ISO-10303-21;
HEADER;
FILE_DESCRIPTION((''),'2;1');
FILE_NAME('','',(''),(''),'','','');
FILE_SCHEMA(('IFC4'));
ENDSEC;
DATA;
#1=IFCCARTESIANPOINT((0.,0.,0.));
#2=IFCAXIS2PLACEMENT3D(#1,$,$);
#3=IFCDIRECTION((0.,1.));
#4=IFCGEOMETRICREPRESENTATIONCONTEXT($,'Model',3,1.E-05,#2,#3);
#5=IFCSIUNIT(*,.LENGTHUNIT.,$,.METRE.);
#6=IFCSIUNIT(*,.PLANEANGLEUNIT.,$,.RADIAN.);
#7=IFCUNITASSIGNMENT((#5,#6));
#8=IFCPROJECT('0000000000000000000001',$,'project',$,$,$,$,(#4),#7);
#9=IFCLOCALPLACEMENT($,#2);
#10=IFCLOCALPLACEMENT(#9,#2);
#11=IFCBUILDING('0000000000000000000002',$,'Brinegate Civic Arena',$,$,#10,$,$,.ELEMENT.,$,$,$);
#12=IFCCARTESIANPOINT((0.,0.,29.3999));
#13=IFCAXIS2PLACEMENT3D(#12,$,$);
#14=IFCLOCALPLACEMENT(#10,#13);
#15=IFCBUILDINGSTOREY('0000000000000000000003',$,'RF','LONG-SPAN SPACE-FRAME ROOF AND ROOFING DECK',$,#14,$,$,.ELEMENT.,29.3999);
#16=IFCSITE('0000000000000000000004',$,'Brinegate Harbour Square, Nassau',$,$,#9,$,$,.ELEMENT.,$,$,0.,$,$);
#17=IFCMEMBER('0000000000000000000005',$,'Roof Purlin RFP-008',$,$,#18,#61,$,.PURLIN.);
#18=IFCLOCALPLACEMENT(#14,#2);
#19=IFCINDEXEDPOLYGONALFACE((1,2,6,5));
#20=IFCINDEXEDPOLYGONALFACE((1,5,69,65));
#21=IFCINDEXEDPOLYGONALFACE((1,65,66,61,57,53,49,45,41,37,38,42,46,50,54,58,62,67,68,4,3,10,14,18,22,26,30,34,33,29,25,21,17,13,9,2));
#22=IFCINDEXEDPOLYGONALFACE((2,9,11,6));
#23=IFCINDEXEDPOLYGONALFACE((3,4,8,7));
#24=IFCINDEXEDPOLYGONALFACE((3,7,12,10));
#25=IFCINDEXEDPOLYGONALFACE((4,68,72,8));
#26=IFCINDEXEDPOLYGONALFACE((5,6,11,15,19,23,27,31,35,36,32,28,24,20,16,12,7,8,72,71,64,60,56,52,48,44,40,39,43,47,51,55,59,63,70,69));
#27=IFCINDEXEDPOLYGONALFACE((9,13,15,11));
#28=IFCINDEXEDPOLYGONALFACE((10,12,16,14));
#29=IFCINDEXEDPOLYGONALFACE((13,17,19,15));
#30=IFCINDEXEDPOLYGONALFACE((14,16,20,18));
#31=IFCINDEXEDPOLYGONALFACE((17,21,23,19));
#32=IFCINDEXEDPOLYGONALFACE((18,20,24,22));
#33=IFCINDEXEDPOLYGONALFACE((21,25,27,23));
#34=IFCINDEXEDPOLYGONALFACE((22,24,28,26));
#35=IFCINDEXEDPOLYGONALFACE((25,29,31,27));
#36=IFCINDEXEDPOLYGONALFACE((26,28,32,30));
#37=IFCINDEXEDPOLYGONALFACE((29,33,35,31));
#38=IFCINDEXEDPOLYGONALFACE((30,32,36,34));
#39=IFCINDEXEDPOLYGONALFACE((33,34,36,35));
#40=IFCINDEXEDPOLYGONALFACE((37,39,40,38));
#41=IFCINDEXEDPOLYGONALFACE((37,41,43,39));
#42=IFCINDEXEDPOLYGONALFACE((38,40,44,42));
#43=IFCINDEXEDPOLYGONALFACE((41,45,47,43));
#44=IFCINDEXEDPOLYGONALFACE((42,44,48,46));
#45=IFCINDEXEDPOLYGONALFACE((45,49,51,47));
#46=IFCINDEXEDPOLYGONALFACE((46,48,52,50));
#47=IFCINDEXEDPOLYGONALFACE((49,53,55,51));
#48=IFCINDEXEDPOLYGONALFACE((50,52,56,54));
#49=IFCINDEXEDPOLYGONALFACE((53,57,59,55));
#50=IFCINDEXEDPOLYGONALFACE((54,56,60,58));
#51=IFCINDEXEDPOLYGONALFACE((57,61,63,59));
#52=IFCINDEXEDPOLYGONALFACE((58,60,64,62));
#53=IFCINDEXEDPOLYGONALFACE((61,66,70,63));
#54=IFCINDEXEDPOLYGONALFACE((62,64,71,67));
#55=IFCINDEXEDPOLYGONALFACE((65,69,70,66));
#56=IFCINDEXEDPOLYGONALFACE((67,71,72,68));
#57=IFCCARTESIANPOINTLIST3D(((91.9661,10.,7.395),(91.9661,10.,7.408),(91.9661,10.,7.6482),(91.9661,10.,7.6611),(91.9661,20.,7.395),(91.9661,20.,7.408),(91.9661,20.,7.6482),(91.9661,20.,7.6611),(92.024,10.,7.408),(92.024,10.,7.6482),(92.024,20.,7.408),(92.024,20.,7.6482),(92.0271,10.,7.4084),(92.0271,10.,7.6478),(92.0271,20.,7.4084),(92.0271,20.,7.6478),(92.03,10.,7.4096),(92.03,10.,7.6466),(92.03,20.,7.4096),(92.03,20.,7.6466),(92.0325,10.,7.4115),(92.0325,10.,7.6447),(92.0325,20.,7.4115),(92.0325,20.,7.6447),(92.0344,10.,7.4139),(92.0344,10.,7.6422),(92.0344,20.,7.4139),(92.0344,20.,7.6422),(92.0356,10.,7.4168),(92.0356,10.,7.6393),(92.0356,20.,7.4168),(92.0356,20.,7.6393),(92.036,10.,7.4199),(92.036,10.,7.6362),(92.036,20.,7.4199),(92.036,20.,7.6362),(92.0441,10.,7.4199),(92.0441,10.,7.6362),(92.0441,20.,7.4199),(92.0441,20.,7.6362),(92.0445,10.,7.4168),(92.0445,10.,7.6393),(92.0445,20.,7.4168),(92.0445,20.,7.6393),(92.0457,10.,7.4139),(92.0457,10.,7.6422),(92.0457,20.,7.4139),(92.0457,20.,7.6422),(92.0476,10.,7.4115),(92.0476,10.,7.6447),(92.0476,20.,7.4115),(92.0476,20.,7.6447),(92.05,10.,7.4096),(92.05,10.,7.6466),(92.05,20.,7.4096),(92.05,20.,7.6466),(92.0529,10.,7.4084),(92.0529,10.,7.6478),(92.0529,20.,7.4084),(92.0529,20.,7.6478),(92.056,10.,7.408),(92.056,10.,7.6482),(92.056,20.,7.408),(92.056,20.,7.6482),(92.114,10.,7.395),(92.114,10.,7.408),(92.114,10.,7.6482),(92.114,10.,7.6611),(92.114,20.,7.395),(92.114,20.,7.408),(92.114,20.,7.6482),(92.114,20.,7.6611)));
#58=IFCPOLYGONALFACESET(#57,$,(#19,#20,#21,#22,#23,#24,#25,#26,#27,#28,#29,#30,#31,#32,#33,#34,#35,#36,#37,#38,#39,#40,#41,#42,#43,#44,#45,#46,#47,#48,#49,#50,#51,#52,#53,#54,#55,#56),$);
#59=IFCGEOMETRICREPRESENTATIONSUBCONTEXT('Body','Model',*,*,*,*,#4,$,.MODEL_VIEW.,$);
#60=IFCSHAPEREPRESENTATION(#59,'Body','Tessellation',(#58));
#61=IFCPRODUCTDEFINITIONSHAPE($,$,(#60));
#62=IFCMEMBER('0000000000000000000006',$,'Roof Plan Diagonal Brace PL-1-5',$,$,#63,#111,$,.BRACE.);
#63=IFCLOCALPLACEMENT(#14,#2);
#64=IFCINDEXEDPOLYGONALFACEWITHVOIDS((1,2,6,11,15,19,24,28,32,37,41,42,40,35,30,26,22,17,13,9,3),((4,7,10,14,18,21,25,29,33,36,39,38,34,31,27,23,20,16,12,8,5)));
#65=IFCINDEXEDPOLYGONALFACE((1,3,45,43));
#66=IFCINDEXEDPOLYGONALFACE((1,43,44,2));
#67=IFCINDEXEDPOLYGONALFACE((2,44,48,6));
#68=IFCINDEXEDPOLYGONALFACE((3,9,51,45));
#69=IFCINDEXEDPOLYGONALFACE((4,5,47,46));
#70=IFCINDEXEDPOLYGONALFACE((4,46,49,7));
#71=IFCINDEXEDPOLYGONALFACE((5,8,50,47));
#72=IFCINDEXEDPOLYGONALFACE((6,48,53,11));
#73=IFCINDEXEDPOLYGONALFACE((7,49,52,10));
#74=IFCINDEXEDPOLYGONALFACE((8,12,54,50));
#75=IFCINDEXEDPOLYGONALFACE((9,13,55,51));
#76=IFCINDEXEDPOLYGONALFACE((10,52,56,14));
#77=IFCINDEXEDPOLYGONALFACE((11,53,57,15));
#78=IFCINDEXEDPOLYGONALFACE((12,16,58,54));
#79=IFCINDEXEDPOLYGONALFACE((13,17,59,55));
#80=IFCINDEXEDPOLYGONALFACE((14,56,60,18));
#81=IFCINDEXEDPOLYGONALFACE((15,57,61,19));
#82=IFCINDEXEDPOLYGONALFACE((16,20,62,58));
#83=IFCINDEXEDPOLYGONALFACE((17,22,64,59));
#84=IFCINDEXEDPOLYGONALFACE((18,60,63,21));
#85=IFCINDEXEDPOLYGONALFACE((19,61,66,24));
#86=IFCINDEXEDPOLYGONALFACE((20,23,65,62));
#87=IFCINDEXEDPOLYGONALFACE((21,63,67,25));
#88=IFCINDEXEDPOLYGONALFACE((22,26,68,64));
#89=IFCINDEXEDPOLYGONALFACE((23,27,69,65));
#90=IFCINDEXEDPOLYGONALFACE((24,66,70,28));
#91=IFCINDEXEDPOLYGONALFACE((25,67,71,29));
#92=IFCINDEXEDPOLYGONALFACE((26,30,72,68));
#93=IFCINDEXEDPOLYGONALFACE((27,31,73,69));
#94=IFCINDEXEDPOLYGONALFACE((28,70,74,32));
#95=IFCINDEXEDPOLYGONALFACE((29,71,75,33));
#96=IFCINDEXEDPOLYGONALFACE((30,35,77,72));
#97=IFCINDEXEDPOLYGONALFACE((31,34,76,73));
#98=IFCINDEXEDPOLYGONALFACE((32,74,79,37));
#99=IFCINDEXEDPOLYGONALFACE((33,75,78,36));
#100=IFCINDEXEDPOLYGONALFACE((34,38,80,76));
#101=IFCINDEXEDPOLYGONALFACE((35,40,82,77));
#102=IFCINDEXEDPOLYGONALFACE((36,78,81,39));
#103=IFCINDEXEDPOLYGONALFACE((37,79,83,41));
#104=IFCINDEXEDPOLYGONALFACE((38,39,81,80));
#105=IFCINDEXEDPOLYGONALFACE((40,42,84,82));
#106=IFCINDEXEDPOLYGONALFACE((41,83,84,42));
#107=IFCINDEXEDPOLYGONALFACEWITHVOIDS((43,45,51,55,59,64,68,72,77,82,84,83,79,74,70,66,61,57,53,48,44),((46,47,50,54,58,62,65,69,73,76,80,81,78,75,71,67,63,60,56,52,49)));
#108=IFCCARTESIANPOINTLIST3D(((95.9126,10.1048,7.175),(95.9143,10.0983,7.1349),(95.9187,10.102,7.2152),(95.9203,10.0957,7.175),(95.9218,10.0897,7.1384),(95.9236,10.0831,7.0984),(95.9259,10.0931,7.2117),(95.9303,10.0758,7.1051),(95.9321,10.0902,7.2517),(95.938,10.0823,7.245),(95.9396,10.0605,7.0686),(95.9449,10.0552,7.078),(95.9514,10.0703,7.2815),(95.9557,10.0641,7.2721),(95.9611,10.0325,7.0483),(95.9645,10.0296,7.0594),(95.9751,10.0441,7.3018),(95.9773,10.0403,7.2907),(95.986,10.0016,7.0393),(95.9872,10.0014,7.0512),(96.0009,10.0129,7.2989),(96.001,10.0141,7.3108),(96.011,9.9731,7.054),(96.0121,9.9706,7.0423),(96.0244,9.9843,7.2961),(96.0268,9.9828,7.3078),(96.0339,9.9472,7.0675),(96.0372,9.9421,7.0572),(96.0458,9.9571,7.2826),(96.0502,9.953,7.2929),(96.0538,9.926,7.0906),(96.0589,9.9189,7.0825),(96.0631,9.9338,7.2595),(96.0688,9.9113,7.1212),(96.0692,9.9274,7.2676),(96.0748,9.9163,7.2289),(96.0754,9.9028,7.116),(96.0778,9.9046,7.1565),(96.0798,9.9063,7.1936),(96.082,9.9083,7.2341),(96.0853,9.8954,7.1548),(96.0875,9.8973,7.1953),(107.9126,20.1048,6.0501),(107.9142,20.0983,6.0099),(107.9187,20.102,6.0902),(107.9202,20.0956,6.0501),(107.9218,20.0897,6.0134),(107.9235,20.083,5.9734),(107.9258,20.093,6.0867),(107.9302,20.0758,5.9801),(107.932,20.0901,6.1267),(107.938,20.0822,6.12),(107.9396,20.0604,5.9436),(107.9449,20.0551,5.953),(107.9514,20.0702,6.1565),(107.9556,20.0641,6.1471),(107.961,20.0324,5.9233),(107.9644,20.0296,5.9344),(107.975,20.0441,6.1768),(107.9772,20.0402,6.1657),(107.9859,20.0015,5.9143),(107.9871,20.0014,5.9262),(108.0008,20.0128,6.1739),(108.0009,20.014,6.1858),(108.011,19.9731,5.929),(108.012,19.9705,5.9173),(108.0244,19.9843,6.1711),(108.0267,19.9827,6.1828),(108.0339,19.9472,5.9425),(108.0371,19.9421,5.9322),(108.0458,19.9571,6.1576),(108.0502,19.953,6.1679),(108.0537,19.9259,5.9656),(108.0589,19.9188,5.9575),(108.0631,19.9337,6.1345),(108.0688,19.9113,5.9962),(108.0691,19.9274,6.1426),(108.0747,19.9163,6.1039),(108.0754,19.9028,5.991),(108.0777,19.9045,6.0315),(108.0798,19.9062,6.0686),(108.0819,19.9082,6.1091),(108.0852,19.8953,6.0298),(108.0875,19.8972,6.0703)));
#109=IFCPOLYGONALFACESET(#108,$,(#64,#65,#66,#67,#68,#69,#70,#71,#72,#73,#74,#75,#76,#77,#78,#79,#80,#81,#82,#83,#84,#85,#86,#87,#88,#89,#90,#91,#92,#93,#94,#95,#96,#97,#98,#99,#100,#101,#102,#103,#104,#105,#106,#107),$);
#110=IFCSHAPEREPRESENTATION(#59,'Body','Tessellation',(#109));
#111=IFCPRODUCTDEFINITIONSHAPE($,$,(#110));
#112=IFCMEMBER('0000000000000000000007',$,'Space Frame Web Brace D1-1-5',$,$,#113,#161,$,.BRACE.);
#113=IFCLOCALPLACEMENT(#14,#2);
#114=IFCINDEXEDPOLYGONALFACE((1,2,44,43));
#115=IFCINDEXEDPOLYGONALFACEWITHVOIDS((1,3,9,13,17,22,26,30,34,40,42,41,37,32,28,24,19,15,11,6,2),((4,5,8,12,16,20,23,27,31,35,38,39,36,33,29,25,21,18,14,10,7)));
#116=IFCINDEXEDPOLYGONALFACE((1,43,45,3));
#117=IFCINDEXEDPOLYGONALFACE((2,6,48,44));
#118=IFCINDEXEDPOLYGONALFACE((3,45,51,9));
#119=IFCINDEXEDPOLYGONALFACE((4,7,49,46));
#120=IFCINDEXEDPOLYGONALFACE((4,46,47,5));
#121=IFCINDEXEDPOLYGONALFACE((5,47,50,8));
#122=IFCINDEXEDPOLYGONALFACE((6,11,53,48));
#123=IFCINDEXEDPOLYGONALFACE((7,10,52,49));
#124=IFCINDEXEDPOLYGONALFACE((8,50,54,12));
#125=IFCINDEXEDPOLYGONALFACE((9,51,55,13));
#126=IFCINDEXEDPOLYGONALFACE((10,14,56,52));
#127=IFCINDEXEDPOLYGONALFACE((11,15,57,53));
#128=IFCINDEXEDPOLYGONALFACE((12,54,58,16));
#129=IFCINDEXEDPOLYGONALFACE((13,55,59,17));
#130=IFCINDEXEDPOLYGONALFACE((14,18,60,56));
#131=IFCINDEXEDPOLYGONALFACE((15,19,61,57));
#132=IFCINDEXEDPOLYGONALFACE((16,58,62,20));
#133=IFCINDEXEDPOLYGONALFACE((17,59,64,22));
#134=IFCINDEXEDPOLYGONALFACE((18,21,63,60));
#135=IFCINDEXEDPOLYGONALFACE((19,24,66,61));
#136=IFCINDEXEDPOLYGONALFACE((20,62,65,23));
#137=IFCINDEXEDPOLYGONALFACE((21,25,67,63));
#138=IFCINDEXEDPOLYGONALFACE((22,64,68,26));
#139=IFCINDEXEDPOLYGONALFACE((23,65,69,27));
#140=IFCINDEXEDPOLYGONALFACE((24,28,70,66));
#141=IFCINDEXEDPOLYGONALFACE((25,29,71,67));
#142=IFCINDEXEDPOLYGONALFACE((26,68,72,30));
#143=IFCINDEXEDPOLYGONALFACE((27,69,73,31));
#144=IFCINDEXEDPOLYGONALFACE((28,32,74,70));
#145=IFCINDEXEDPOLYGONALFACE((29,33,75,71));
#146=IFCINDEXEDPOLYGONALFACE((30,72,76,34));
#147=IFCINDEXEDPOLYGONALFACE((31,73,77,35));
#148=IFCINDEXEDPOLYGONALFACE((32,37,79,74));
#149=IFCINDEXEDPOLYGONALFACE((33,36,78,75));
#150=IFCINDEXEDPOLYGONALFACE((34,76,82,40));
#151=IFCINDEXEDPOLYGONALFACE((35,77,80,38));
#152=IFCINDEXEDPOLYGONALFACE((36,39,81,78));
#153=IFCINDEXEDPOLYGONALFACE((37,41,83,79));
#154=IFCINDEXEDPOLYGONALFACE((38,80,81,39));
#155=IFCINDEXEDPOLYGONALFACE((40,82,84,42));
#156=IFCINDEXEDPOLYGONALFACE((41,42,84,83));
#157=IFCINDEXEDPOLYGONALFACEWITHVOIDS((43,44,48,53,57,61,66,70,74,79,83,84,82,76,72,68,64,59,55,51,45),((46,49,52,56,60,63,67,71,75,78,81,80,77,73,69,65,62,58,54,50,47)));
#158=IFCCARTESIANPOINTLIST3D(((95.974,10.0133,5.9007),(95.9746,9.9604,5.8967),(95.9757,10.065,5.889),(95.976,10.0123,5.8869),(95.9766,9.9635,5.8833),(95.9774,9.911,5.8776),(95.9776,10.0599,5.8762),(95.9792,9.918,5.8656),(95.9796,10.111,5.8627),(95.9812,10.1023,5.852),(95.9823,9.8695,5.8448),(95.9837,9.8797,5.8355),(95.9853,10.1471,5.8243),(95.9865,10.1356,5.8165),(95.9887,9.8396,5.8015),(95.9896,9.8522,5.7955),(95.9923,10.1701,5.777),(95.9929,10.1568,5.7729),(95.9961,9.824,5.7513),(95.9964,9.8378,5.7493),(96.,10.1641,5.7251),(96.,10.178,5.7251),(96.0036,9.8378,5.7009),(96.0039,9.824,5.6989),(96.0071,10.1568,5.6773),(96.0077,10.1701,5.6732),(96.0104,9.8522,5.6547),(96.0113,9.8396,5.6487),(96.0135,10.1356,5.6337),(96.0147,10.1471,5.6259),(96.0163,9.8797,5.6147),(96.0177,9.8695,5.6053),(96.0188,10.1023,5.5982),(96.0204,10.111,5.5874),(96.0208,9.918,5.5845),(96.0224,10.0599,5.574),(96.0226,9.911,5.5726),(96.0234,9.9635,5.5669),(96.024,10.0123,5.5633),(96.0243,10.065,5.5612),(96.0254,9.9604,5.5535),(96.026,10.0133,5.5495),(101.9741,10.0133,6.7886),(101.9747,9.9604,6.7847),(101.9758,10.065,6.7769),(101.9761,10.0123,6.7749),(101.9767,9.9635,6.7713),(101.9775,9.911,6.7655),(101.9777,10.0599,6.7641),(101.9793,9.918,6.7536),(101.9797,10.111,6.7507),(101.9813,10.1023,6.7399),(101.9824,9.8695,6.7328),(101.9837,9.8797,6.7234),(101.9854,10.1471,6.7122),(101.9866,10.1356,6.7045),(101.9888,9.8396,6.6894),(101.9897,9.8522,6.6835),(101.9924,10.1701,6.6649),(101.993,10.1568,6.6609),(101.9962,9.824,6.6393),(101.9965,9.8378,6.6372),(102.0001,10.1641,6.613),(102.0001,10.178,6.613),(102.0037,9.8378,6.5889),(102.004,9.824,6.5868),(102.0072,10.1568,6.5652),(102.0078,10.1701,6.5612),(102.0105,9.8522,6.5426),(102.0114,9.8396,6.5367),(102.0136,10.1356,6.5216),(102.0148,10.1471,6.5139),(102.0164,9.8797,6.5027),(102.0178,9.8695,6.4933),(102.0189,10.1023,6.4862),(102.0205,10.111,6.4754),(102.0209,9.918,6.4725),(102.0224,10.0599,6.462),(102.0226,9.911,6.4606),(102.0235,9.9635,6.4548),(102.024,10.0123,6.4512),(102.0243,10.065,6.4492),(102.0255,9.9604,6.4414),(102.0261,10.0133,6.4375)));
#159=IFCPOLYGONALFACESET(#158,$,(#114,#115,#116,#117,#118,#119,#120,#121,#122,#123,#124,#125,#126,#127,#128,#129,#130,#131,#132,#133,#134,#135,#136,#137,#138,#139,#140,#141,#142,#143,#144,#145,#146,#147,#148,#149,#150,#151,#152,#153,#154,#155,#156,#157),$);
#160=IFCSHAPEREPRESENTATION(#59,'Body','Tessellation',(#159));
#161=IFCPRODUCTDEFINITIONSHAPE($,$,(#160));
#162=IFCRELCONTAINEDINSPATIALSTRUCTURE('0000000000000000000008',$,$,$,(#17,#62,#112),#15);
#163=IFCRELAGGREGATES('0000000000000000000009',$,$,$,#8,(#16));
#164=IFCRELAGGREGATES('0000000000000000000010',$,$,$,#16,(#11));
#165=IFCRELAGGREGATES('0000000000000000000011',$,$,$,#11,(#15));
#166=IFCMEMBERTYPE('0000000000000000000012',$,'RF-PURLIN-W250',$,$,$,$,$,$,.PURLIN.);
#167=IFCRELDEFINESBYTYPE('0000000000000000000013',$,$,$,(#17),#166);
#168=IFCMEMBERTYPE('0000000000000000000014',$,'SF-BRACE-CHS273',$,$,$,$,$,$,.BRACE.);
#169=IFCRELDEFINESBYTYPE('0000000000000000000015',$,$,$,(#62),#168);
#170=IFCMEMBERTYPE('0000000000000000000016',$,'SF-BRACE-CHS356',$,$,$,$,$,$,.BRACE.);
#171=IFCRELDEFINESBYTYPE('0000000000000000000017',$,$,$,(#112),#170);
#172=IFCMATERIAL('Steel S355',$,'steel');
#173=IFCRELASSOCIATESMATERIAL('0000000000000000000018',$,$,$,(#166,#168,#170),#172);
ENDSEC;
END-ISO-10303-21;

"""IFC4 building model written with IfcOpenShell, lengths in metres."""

from ifc_helpers import new_model, si_unit, direction, frame, origin, origin_2d, place, context, subcontext, project, spatial, hollow_circle, i_section, extrude, material, material_profile, profile_set, type_object, element, save


model = new_model("IFC4")

# Units and contexts
model_context = context("Model", 3, precision=1e-05, world=origin(), true_north=direction((0.0, 1.0)))
body_context = subcontext(model_context, "Body", "Model", "MODEL_VIEW")
ifc_project = project(units=[si_unit("LENGTHUNIT", "METRE"), si_unit("PLANEANGLEUNIT", "RADIAN")], contexts=[model_context])

# Site, building, storey
site_placement = place(None, origin())
site = spatial("IfcSite", under=ifc_project, at=site_placement, Name="Brinegate Harbour Square, Nassau", CompositionType="ELEMENT", RefElevation=0.0)
building_placement = place(site_placement, origin())
building = spatial("IfcBuilding", under=site, at=building_placement, Name="Brinegate Civic Arena", CompositionType="ELEMENT")
storey_placement = place(building_placement, frame((0.0, 0.0, 29.3999)))
storey = spatial("IfcBuildingStorey", under=building, at=storey_placement, Name="RF", Description="LONG-SPAN SPACE-FRAME ROOF AND ROOFING DECK", CompositionType="ELEMENT", Elevation=29.3999)

# Shared definitions
ifc_material_1 = material(Name="Steel S355", Category="steel")

# Members
ifc_material_profile_1 = material_profile(ifc_material_1, i_section(OverallWidth=0.1479, OverallDepth=0.2661, WebThickness=0.0081, FlangeThickness=0.0129, FilletRadius=0.012, at=origin_2d()), Name="W250X45")
ifc_profile_set_1 = profile_set([ifc_material_profile_1], Name="Steel S355")
member_type_1 = type_object("IfcMemberType", Name="RF-PURLIN-W250", PredefinedType="PURLIN", material=ifc_profile_set_1)
for number, where, z_axis, x_axis, name in (
    (1, (92.04, 10.0, 7.5281), (0.0, 1.0, 0.0), (-1.0, 0.0, 0.0), "Roof Purlin RFP-008"),
):
    element("IfcMember", number, at=place(storey_placement, frame(where, z_axis=z_axis, x_axis=x_axis)), inside=storey, type_object=member_type_1, Name=name, PredefinedType="PURLIN", context=body_context, shape_type="SweptSolid", body=[
        extrude(i_section(OverallWidth=0.1479, OverallDepth=0.2661, WebThickness=0.0081, FlangeThickness=0.0129, FilletRadius=0.012, at=origin_2d()), origin(), (0.0, 0.0, 1.0), 10.0),
    ])
ifc_material_profile_2 = material_profile(ifc_material_1, hollow_circle(Radius=0.1365, WallThickness=0.012, at=origin_2d()), Name="CHS273X12")
ifc_profile_set_2 = profile_set([ifc_material_profile_2], Name="Steel S355")
member_type_2 = type_object("IfcMemberType", Name="SF-BRACE-CHS273", PredefinedType="BRACE", material=ifc_profile_set_2)
member_1_placement = place(storey_placement, frame((96.0, 10.0, 7.175), z_axis=(0.766237, 0.638531, -0.071835), x_axis=(-0.640184, 0.768221, 0.0)))
element("IfcMember", 2, at=member_1_placement, inside=storey, type_object=member_type_2, Name="Roof Plan Diagonal Brace PL-1-5", PredefinedType="BRACE", context=body_context, shape_type="SweptSolid", body=[
    extrude(hollow_circle(Radius=0.1365, WallThickness=0.012, at=origin_2d()), origin(), (0.0, 0.0, 1.0), 15.6609),
])
ifc_material_profile_3 = material_profile(ifc_material_1, hollow_circle(Radius=0.178, WallThickness=0.0139, at=origin_2d()), Name="CHS356X14")
ifc_profile_set_3 = profile_set([ifc_material_profile_3], Name="Steel S355")
member_type_3 = type_object("IfcMemberType", Name="SF-BRACE-CHS356", PredefinedType="BRACE", material=ifc_profile_set_3)
for number, where, z_axis, x_axis, name in (
    (3, (96.0, 10.0, 5.7251), (0.989226, 0.0, 0.146395), (0.0, 1.0, 0.0), "Space Frame Web Brace D1-1-5"),
):
    element("IfcMember", number, at=place(storey_placement, frame(where, z_axis=z_axis, x_axis=x_axis)), inside=storey, type_object=member_type_3, Name=name, PredefinedType="BRACE", context=body_context, shape_type="SweptSolid", body=[
        extrude(hollow_circle(Radius=0.178, WallThickness=0.0139, at=origin_2d()), origin(), (0.0, 0.0, 1.0), 6.0654),
    ])

save(model, "model.ifc")
